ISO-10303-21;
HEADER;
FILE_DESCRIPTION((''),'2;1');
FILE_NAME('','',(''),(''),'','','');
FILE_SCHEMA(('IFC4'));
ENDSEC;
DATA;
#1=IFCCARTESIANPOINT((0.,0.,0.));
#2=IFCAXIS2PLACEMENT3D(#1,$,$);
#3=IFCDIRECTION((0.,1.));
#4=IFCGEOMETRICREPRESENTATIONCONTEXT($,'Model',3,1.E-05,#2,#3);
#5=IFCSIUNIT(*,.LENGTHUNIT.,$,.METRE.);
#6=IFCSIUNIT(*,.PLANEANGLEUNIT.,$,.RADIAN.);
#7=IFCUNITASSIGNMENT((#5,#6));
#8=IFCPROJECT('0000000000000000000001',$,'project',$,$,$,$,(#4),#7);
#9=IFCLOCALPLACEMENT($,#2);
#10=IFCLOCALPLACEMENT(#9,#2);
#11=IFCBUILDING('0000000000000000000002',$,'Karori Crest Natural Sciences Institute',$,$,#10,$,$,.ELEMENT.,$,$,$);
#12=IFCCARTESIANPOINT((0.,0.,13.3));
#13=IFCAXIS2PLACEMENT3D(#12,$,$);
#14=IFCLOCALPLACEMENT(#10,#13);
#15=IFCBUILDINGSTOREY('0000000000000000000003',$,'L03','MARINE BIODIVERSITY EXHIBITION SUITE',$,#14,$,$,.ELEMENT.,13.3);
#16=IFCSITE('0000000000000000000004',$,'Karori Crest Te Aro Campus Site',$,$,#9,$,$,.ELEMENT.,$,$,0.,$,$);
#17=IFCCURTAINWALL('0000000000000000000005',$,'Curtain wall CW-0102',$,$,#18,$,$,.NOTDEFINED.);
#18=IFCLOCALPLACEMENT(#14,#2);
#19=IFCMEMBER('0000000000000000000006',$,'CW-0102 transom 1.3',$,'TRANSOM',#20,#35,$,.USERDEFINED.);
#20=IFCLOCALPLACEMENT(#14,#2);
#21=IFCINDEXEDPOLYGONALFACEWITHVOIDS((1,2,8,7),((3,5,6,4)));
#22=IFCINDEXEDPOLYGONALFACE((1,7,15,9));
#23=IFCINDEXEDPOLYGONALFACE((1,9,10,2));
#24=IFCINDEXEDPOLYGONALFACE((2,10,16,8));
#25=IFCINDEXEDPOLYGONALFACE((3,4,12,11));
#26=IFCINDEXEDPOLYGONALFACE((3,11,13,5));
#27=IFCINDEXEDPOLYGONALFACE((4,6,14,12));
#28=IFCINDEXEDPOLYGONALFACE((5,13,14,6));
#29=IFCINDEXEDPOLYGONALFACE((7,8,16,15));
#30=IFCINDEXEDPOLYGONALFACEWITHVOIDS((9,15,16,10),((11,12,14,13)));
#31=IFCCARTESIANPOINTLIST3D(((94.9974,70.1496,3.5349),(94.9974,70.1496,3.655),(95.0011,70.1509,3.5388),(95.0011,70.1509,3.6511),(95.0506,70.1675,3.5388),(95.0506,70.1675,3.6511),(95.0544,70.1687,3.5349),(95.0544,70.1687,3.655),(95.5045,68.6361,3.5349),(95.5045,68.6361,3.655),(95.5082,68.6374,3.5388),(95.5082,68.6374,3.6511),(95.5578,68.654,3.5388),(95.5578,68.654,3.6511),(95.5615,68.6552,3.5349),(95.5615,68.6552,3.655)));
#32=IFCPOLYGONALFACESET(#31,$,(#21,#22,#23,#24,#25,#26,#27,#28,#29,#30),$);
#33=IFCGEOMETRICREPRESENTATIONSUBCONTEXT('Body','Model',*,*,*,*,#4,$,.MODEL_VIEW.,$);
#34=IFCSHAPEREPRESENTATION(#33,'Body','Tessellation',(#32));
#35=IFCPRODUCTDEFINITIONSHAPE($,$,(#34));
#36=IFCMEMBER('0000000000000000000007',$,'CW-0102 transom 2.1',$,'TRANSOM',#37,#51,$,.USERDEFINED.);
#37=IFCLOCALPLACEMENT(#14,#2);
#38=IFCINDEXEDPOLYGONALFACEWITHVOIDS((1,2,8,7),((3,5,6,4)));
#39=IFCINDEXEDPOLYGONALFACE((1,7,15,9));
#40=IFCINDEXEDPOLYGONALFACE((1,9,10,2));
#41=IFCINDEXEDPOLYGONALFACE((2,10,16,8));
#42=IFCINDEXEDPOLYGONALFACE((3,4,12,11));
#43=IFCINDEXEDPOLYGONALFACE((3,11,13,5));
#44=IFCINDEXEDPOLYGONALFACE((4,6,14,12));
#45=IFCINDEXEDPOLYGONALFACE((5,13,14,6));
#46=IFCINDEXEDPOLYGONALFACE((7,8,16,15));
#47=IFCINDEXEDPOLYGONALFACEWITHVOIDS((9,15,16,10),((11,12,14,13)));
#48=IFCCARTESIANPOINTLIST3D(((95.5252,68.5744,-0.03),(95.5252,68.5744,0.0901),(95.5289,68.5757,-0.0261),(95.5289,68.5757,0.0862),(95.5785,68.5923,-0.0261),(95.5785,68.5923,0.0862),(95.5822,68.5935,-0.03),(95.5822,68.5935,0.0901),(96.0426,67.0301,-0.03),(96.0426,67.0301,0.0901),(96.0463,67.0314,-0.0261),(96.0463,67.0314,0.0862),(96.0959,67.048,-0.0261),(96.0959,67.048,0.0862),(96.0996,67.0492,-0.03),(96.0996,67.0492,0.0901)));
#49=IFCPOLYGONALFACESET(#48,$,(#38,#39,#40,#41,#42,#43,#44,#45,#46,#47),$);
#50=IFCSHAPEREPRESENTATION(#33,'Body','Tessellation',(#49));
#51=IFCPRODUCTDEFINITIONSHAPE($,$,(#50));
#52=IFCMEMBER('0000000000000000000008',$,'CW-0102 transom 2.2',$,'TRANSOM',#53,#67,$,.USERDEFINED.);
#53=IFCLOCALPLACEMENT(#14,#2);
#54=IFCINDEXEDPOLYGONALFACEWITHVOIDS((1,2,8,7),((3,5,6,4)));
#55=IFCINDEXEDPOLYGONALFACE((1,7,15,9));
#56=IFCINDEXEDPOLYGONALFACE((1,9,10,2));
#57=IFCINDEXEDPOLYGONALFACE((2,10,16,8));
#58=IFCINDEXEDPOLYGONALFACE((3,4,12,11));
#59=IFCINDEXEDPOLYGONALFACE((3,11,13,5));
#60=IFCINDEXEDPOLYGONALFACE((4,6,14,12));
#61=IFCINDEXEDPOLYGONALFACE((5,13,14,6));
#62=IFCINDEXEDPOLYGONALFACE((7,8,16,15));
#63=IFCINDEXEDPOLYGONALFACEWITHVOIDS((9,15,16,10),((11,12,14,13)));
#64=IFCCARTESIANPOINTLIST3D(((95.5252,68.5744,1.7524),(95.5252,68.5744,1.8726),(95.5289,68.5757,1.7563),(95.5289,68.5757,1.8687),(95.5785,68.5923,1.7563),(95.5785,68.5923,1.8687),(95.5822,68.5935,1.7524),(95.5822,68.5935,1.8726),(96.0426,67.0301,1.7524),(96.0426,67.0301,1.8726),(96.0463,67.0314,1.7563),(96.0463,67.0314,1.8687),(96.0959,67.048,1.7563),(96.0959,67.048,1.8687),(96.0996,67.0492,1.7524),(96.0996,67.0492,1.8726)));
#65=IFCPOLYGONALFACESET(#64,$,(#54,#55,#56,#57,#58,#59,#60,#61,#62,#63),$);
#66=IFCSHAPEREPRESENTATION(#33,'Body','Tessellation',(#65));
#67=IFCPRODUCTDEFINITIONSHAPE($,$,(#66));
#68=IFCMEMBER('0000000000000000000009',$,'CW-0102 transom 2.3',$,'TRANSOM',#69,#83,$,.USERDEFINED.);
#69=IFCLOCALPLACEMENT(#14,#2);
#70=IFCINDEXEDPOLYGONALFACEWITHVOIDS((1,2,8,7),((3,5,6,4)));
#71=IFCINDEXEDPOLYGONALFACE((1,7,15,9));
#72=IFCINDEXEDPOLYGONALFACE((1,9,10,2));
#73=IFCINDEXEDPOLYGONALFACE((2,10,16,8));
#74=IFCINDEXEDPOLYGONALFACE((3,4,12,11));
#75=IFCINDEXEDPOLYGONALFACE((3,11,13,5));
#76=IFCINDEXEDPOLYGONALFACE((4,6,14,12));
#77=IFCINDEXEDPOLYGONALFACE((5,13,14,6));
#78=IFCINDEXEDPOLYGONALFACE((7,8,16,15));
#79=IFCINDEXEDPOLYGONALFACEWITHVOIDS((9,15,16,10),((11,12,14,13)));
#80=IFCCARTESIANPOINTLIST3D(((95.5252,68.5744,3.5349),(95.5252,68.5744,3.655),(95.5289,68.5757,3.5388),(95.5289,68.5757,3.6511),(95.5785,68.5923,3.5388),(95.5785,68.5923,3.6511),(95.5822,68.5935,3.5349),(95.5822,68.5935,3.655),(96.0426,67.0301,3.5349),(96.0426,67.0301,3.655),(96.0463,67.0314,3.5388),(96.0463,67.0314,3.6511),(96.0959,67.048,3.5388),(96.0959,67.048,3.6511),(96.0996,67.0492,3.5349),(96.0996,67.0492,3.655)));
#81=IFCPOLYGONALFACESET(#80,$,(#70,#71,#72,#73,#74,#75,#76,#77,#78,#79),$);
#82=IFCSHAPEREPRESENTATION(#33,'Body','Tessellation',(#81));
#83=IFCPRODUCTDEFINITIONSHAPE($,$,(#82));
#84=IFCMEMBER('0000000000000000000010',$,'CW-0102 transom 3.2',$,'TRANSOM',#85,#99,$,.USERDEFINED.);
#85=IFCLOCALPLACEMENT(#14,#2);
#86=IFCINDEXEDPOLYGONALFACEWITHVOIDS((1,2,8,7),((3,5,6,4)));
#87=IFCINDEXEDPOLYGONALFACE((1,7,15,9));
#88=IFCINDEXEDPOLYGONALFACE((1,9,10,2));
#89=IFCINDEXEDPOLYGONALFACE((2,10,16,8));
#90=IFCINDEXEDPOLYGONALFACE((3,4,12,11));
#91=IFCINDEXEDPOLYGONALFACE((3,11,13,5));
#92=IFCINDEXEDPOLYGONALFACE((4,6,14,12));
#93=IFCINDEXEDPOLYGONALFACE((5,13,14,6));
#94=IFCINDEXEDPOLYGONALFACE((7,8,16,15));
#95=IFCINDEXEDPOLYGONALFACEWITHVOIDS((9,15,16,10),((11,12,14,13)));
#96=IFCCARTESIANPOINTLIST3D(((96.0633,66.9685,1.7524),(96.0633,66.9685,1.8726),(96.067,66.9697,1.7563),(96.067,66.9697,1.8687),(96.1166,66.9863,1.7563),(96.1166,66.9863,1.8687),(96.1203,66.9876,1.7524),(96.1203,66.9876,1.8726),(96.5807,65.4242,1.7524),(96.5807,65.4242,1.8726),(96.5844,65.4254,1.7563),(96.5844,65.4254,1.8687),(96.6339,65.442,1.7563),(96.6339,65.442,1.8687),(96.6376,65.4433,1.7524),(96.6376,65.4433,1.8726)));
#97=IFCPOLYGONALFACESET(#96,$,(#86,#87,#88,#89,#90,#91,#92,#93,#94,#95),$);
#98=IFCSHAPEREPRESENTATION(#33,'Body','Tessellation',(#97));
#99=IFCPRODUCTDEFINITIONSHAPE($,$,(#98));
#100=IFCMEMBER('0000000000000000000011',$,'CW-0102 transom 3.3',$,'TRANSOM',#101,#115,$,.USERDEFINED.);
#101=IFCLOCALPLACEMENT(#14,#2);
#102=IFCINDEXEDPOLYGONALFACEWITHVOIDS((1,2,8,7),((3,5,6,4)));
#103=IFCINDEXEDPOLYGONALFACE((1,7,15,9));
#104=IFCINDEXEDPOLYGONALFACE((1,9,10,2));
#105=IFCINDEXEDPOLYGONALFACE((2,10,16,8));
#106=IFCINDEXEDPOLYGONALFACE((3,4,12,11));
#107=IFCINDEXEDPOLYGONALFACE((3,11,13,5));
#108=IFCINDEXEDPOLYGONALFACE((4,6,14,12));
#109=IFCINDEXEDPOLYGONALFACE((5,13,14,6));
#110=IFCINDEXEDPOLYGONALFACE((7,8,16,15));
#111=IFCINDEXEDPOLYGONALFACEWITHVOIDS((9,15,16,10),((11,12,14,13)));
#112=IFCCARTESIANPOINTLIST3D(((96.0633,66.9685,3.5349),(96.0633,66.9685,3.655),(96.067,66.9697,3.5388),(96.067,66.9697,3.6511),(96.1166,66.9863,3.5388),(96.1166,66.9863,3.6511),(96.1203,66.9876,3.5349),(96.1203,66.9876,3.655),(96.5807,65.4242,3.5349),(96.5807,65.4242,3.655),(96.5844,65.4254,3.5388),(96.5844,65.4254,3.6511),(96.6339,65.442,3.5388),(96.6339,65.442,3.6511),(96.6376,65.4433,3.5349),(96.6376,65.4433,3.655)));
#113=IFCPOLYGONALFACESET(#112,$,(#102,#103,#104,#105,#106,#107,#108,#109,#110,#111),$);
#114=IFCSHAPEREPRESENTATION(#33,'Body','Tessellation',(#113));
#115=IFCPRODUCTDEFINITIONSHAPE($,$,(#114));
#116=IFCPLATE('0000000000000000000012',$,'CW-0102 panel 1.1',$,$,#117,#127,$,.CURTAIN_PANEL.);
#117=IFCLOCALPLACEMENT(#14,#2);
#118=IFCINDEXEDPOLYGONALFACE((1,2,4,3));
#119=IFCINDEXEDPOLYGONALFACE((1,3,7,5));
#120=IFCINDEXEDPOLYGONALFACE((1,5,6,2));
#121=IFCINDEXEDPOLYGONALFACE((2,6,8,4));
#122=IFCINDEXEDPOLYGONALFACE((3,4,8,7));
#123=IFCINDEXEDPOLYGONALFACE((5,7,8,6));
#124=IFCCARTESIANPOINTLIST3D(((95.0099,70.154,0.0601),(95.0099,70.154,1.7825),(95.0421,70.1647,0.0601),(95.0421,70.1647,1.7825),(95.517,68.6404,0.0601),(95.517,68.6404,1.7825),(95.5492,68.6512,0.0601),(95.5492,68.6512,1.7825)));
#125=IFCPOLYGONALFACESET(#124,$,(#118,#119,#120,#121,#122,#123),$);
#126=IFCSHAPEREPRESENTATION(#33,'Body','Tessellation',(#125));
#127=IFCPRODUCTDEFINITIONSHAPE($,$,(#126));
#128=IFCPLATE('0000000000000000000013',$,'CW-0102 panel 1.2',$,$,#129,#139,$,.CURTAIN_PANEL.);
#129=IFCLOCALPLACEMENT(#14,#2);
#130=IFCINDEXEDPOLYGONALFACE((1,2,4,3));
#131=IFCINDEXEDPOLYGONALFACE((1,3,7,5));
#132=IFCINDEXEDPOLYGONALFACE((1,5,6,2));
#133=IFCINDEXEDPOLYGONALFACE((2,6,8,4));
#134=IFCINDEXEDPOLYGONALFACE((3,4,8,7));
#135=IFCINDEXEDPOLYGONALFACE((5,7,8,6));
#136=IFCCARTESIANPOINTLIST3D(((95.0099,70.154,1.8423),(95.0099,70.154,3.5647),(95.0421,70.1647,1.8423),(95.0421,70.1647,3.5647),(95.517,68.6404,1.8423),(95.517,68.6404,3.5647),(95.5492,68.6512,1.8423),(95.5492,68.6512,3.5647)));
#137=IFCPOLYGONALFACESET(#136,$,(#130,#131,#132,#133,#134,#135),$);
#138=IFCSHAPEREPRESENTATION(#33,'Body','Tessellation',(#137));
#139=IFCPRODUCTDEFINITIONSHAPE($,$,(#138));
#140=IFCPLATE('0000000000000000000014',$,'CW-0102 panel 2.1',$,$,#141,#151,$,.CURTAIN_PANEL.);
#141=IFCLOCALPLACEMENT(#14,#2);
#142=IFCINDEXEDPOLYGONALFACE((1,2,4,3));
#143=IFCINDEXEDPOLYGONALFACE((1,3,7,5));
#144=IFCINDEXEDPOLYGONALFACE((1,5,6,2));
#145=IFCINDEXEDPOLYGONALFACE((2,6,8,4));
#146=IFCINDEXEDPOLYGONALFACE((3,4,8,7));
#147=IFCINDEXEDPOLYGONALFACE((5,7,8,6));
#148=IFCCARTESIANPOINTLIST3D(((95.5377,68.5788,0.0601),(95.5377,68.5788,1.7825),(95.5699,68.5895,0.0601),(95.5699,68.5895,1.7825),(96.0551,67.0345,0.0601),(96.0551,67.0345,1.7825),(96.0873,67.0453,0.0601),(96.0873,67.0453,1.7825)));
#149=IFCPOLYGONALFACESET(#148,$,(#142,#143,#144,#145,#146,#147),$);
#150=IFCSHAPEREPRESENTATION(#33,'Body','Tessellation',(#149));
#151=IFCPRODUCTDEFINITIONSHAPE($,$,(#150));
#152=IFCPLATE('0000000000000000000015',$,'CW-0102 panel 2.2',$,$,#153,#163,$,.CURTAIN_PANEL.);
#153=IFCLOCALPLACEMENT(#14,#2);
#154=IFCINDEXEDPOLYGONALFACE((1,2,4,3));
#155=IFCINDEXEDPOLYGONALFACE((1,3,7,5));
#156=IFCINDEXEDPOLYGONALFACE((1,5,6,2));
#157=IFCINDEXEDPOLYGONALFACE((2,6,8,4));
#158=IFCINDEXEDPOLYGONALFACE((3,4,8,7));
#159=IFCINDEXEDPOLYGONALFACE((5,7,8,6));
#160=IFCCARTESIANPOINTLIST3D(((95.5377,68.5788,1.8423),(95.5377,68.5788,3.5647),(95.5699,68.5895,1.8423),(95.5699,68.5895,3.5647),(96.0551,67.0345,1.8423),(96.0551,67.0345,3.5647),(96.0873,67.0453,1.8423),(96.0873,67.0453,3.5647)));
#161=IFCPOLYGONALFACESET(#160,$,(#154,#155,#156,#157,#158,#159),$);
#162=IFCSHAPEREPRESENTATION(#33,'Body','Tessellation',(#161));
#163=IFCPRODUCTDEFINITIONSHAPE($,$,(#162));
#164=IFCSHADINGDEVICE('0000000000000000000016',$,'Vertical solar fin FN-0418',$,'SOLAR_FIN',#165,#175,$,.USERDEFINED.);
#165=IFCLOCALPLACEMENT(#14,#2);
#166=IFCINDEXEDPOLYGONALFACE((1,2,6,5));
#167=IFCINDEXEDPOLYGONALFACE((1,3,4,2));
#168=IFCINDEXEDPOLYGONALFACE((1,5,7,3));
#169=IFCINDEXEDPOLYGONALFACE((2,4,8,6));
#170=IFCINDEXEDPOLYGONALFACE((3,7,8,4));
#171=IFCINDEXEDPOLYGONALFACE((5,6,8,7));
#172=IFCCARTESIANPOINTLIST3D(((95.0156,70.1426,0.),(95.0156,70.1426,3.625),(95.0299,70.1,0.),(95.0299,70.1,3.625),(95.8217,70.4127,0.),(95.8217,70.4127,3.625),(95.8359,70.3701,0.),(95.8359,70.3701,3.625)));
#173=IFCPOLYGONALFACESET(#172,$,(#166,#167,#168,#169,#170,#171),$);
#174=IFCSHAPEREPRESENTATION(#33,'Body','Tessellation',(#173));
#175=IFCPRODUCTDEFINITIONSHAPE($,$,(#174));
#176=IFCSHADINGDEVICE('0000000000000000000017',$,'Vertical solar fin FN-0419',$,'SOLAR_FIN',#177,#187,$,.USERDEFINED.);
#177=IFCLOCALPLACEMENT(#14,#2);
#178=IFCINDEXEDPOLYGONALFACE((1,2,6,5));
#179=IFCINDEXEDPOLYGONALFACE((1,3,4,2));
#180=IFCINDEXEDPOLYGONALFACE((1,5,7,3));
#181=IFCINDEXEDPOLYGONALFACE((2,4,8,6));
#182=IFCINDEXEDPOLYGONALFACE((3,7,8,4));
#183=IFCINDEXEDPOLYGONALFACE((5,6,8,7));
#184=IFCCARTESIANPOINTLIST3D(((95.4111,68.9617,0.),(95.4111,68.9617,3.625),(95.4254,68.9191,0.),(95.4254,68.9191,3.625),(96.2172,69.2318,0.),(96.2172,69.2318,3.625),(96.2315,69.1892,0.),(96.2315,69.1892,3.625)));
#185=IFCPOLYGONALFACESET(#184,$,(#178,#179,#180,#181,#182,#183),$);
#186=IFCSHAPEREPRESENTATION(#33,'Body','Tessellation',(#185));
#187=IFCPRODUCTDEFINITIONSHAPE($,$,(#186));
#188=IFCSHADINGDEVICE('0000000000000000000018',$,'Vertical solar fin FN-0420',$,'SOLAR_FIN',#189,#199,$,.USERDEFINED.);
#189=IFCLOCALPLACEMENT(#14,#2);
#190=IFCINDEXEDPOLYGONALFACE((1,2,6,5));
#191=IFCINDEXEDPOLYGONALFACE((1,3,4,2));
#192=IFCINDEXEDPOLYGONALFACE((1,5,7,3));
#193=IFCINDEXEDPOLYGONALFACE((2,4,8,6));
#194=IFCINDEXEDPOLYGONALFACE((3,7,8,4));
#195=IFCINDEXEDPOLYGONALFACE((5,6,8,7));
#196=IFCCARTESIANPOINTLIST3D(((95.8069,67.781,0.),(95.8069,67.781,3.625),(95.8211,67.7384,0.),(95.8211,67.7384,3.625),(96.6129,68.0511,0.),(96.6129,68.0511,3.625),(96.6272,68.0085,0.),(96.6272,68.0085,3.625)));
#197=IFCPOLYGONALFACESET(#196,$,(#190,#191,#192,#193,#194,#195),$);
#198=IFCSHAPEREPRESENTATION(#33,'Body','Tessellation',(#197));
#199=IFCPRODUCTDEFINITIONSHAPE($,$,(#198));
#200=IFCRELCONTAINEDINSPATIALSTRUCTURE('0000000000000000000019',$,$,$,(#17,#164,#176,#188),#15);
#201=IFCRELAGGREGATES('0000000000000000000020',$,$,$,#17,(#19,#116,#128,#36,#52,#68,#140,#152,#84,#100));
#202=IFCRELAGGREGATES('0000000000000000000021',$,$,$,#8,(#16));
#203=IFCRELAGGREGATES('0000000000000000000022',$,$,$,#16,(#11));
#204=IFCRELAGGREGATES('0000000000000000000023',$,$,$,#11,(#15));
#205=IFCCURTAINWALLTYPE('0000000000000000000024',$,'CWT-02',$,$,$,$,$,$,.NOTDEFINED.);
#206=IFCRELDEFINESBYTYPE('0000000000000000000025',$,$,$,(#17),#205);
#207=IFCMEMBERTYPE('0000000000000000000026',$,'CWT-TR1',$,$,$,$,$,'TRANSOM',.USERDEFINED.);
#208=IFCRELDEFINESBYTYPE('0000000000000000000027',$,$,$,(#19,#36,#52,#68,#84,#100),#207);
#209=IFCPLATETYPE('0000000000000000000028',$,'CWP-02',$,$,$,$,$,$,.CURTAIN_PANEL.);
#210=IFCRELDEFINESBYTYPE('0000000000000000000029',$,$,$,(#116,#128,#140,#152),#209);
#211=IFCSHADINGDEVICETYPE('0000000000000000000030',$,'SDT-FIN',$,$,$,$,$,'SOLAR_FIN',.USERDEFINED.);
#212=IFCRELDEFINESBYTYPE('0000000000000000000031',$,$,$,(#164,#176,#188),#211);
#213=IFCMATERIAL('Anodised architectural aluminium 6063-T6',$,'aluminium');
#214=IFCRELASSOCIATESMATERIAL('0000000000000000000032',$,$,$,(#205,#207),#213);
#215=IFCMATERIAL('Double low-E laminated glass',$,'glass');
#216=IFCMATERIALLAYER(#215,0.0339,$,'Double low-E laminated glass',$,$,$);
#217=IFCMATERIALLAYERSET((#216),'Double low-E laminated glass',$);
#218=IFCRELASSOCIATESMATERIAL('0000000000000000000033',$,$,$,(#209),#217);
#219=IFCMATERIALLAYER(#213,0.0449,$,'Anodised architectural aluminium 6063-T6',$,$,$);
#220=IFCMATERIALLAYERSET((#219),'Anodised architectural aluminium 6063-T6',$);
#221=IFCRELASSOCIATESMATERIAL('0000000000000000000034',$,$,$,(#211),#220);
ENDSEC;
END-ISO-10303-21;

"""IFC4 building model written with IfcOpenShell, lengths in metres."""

from ifc_helpers import new_model, si_unit, direction, frame, origin, origin_2d, place, context, subcontext, project, spatial, rectangle, hollow_rectangle, extrude, material, layer, layer_set, material_profile, profile_set, type_object, element, aggregate, save


model = new_model("IFC4")

# Units and contexts
model_context = context("Model", 3, precision=1e-05, world=origin(), true_north=direction((0.0, 1.0)))
body_context = subcontext(model_context, "Body", "Model", "MODEL_VIEW")
ifc_project = project(units=[si_unit("LENGTHUNIT", "METRE"), si_unit("PLANEANGLEUNIT", "RADIAN")], contexts=[model_context])

# Site, building, storey
site_placement = place(None, origin())
site = spatial("IfcSite", under=ifc_project, at=site_placement, Name="Karori Crest Te Aro Campus Site", CompositionType="ELEMENT", RefElevation=0.0)
building_placement = place(site_placement, origin())
building = spatial("IfcBuilding", under=site, at=building_placement, Name="Karori Crest Natural Sciences Institute", CompositionType="ELEMENT")
storey_placement = place(building_placement, frame((0.0, 0.0, 13.3)))
storey = spatial("IfcBuildingStorey", under=building, at=storey_placement, Name="L03", Description="MARINE BIODIVERSITY EXHIBITION SUITE", CompositionType="ELEMENT", Elevation=13.3)

# Curtain wall, members, plates
ifc_material_1 = material(Name="Anodised architectural aluminium 6063-T6", Category="aluminium")
curtain_wall_type = type_object("IfcCurtainWallType", Name="CWT-02", PredefinedType="NOTDEFINED", material=ifc_material_1)
curtain_wall_placement = place(storey_placement, origin())
curtain_wall = element("IfcCurtainWall", 1, at=curtain_wall_placement, inside=storey, type_object=curtain_wall_type, Name="Curtain wall CW-0102", PredefinedType="NOTDEFINED")
ifc_material_profile_1 = material_profile(ifc_material_1, hollow_rectangle(XDim=0.0601, YDim=0.1201, WallThickness=0.0039, at=origin_2d()), Name="CWT120x60x4")
ifc_profile_set_1 = profile_set([ifc_material_profile_1], Name="Anodised architectural aluminium 6063-T6")
member_type_1 = type_object("IfcMemberType", Name="CWT-TR1", ElementType="TRANSOM", PredefinedType="USERDEFINED", material=ifc_profile_set_1)
member_1_placement = place(storey_placement, frame((95.0259, 70.1592, 3.595), z_axis=(0.317696, -0.948193, 0.0), x_axis=(0.948193, 0.317696, 0.0)))
member_1 = element("IfcMember", 2, at=member_1_placement, type_object=member_type_1, Name="CW-0102 transom 1.3", ObjectType="TRANSOM", PredefinedType="USERDEFINED", context=body_context, shape_type="SweptSolid", body=[
    extrude(hollow_rectangle(XDim=0.0601, YDim=0.1201, WallThickness=0.0039, at=origin_2d()), origin(), (0.0, 0.0, 1.0), 1.5962),
])
member_2_placement = place(storey_placement, frame((95.5537, 68.584, 0.03), z_axis=(0.317667, -0.948202, 0.0), x_axis=(0.948202, 0.317667, 0.0)))
member_2 = element("IfcMember", 3, at=member_2_placement, type_object=member_type_1, Name="CW-0102 transom 2.1", ObjectType="TRANSOM", PredefinedType="USERDEFINED", context=body_context, shape_type="SweptSolid", body=[
    extrude(hollow_rectangle(XDim=0.0601, YDim=0.1201, WallThickness=0.0039, at=origin_2d()), origin(), (0.0, 0.0, 1.0), 1.6287),
])
member_3_placement = place(storey_placement, frame((95.5537, 68.584, 1.8125), z_axis=(0.317667, -0.948202, 0.0), x_axis=(0.948202, 0.317667, 0.0)))
member_3 = element("IfcMember", 4, at=member_3_placement, type_object=member_type_1, Name="CW-0102 transom 2.2", ObjectType="TRANSOM", PredefinedType="USERDEFINED", context=body_context, shape_type="SweptSolid", body=[
    extrude(hollow_rectangle(XDim=0.0601, YDim=0.1201, WallThickness=0.0039, at=origin_2d()), origin(), (0.0, 0.0, 1.0), 1.6287),
])
member_4_placement = place(storey_placement, frame((95.5537, 68.584, 3.595), z_axis=(0.317667, -0.948202, 0.0), x_axis=(0.948202, 0.317667, 0.0)))
member_4 = element("IfcMember", 5, at=member_4_placement, type_object=member_type_1, Name="CW-0102 transom 2.3", ObjectType="TRANSOM", PredefinedType="USERDEFINED", context=body_context, shape_type="SweptSolid", body=[
    extrude(hollow_rectangle(XDim=0.0601, YDim=0.1201, WallThickness=0.0039, at=origin_2d()), origin(), (0.0, 0.0, 1.0), 1.6287),
])
member_5_placement = place(storey_placement, frame((96.0918, 66.978, 1.8125), z_axis=(0.317667, -0.948202, 0.0), x_axis=(0.948202, 0.317667, 0.0)))
member_5 = element("IfcMember", 6, at=member_5_placement, type_object=member_type_1, Name="CW-0102 transom 3.2", ObjectType="TRANSOM", PredefinedType="USERDEFINED", context=body_context, shape_type="SweptSolid", body=[
    extrude(hollow_rectangle(XDim=0.0601, YDim=0.1201, WallThickness=0.0039, at=origin_2d()), origin(), (0.0, 0.0, 1.0), 1.6287),
])
member_6_placement = place(storey_placement, frame((96.0918, 66.978, 3.595), z_axis=(0.317667, -0.948202, 0.0), x_axis=(0.948202, 0.317667, 0.0)))
member_6 = element("IfcMember", 7, at=member_6_placement, type_object=member_type_1, Name="CW-0102 transom 3.3", ObjectType="TRANSOM", PredefinedType="USERDEFINED", context=body_context, shape_type="SweptSolid", body=[
    extrude(hollow_rectangle(XDim=0.0601, YDim=0.1201, WallThickness=0.0039, at=origin_2d()), origin(), (0.0, 0.0, 1.0), 1.6287),
])
ifc_material_2 = material(Name="Double low-E laminated glass", Category="glass")
ifc_layer_1 = layer(ifc_material_2, 0.0339, Name="Double low-E laminated glass")
ifc_layer_set_1 = layer_set([ifc_layer_1], Name="Double low-E laminated glass")
plate_type = type_object("IfcPlateType", Name="CWP-02", PredefinedType="CURTAIN_PANEL", material=ifc_layer_set_1)
plate_1_placement = place(storey_placement, frame((95.2795, 69.4026, 0.0601), z_axis=(0.0, 0.0, 1.0), x_axis=(0.31768, -0.948198, 0.0)))
plate_1 = element("IfcPlate", 8, at=plate_1_placement, type_object=plate_type, Name="CW-0102 panel 1.1", PredefinedType="CURTAIN_PANEL", context=body_context, shape_type="SweptSolid", body=[
    extrude(rectangle(XDim=1.5962, YDim=0.0339, at=origin_2d()), origin(), (0.0, 0.0, 1.0), 1.7224),
])
plate_2_placement = place(storey_placement, frame((95.2795, 69.4026, 1.8423), z_axis=(0.0, 0.0, 1.0), x_axis=(0.31768, -0.948198, 0.0)))
plate_2 = element("IfcPlate", 9, at=plate_2_placement, type_object=plate_type, Name="CW-0102 panel 1.2", PredefinedType="CURTAIN_PANEL", context=body_context, shape_type="SweptSolid", body=[
    extrude(rectangle(XDim=1.5962, YDim=0.0339, at=origin_2d()), origin(), (0.0, 0.0, 1.0), 1.7224),
])
plate_3_placement = place(storey_placement, frame((95.8125, 67.812, 0.0601), z_axis=(0.0, 0.0, 1.0), x_axis=(0.31768, -0.948198, 0.0)))
plate_3 = element("IfcPlate", 10, at=plate_3_placement, type_object=plate_type, Name="CW-0102 panel 2.1", PredefinedType="CURTAIN_PANEL", context=body_context, shape_type="SweptSolid", body=[
    extrude(rectangle(XDim=1.6287, YDim=0.0339, at=origin_2d()), origin(), (0.0, 0.0, 1.0), 1.7224),
])
plate_4_placement = place(storey_placement, frame((95.8125, 67.812, 1.8423), z_axis=(0.0, 0.0, 1.0), x_axis=(0.31768, -0.948198, 0.0)))
plate_4 = element("IfcPlate", 11, at=plate_4_placement, type_object=plate_type, Name="CW-0102 panel 2.2", PredefinedType="CURTAIN_PANEL", context=body_context, shape_type="SweptSolid", body=[
    extrude(rectangle(XDim=1.6287, YDim=0.0339, at=origin_2d()), origin(), (0.0, 0.0, 1.0), 1.7224),
])
aggregate(curtain_wall, [member_1, plate_1, plate_2, member_2, member_3, member_4, plate_3, plate_4, member_5, member_6])

# Shading devices
ifc_layer_2 = layer(ifc_material_1, 0.0449, Name="Anodised architectural aluminium 6063-T6")
ifc_layer_set_2 = layer_set([ifc_layer_2], Name="Anodised architectural aluminium 6063-T6")
shading_device_type = type_object("IfcShadingDeviceType", Name="SDT-FIN", ElementType="SOLAR_FIN", PredefinedType="USERDEFINED", material=ifc_layer_set_2)
for number, where, z_axis, x_axis, name in (
    (12, (95.4258, 70.2563, 0.0), (0.0, 0.0, 1.0), (0.948198, 0.31768, 0.0), "Vertical solar fin FN-0418"),
    (13, (95.8213, 69.0754, 0.0), (0.0, 0.0, 1.0), (0.948198, 0.31768, 0.0), "Vertical solar fin FN-0419"),
    (14, (96.217, 67.8948, 0.0), (0.0, 0.0, 1.0), (0.948198, 0.31768, 0.0), "Vertical solar fin FN-0420"),
):
    element("IfcShadingDevice", number, at=place(storey_placement, frame(where, z_axis=z_axis, x_axis=x_axis)), inside=storey, type_object=shading_device_type, Name=name, ObjectType="SOLAR_FIN", PredefinedType="USERDEFINED", context=body_context, shape_type="SweptSolid", body=[
        extrude(rectangle(XDim=0.8501, YDim=0.0449, at=origin_2d()), origin(), (0.0, 0.0, 1.0), 3.625),
    ])

save(model, "model.ifc")
